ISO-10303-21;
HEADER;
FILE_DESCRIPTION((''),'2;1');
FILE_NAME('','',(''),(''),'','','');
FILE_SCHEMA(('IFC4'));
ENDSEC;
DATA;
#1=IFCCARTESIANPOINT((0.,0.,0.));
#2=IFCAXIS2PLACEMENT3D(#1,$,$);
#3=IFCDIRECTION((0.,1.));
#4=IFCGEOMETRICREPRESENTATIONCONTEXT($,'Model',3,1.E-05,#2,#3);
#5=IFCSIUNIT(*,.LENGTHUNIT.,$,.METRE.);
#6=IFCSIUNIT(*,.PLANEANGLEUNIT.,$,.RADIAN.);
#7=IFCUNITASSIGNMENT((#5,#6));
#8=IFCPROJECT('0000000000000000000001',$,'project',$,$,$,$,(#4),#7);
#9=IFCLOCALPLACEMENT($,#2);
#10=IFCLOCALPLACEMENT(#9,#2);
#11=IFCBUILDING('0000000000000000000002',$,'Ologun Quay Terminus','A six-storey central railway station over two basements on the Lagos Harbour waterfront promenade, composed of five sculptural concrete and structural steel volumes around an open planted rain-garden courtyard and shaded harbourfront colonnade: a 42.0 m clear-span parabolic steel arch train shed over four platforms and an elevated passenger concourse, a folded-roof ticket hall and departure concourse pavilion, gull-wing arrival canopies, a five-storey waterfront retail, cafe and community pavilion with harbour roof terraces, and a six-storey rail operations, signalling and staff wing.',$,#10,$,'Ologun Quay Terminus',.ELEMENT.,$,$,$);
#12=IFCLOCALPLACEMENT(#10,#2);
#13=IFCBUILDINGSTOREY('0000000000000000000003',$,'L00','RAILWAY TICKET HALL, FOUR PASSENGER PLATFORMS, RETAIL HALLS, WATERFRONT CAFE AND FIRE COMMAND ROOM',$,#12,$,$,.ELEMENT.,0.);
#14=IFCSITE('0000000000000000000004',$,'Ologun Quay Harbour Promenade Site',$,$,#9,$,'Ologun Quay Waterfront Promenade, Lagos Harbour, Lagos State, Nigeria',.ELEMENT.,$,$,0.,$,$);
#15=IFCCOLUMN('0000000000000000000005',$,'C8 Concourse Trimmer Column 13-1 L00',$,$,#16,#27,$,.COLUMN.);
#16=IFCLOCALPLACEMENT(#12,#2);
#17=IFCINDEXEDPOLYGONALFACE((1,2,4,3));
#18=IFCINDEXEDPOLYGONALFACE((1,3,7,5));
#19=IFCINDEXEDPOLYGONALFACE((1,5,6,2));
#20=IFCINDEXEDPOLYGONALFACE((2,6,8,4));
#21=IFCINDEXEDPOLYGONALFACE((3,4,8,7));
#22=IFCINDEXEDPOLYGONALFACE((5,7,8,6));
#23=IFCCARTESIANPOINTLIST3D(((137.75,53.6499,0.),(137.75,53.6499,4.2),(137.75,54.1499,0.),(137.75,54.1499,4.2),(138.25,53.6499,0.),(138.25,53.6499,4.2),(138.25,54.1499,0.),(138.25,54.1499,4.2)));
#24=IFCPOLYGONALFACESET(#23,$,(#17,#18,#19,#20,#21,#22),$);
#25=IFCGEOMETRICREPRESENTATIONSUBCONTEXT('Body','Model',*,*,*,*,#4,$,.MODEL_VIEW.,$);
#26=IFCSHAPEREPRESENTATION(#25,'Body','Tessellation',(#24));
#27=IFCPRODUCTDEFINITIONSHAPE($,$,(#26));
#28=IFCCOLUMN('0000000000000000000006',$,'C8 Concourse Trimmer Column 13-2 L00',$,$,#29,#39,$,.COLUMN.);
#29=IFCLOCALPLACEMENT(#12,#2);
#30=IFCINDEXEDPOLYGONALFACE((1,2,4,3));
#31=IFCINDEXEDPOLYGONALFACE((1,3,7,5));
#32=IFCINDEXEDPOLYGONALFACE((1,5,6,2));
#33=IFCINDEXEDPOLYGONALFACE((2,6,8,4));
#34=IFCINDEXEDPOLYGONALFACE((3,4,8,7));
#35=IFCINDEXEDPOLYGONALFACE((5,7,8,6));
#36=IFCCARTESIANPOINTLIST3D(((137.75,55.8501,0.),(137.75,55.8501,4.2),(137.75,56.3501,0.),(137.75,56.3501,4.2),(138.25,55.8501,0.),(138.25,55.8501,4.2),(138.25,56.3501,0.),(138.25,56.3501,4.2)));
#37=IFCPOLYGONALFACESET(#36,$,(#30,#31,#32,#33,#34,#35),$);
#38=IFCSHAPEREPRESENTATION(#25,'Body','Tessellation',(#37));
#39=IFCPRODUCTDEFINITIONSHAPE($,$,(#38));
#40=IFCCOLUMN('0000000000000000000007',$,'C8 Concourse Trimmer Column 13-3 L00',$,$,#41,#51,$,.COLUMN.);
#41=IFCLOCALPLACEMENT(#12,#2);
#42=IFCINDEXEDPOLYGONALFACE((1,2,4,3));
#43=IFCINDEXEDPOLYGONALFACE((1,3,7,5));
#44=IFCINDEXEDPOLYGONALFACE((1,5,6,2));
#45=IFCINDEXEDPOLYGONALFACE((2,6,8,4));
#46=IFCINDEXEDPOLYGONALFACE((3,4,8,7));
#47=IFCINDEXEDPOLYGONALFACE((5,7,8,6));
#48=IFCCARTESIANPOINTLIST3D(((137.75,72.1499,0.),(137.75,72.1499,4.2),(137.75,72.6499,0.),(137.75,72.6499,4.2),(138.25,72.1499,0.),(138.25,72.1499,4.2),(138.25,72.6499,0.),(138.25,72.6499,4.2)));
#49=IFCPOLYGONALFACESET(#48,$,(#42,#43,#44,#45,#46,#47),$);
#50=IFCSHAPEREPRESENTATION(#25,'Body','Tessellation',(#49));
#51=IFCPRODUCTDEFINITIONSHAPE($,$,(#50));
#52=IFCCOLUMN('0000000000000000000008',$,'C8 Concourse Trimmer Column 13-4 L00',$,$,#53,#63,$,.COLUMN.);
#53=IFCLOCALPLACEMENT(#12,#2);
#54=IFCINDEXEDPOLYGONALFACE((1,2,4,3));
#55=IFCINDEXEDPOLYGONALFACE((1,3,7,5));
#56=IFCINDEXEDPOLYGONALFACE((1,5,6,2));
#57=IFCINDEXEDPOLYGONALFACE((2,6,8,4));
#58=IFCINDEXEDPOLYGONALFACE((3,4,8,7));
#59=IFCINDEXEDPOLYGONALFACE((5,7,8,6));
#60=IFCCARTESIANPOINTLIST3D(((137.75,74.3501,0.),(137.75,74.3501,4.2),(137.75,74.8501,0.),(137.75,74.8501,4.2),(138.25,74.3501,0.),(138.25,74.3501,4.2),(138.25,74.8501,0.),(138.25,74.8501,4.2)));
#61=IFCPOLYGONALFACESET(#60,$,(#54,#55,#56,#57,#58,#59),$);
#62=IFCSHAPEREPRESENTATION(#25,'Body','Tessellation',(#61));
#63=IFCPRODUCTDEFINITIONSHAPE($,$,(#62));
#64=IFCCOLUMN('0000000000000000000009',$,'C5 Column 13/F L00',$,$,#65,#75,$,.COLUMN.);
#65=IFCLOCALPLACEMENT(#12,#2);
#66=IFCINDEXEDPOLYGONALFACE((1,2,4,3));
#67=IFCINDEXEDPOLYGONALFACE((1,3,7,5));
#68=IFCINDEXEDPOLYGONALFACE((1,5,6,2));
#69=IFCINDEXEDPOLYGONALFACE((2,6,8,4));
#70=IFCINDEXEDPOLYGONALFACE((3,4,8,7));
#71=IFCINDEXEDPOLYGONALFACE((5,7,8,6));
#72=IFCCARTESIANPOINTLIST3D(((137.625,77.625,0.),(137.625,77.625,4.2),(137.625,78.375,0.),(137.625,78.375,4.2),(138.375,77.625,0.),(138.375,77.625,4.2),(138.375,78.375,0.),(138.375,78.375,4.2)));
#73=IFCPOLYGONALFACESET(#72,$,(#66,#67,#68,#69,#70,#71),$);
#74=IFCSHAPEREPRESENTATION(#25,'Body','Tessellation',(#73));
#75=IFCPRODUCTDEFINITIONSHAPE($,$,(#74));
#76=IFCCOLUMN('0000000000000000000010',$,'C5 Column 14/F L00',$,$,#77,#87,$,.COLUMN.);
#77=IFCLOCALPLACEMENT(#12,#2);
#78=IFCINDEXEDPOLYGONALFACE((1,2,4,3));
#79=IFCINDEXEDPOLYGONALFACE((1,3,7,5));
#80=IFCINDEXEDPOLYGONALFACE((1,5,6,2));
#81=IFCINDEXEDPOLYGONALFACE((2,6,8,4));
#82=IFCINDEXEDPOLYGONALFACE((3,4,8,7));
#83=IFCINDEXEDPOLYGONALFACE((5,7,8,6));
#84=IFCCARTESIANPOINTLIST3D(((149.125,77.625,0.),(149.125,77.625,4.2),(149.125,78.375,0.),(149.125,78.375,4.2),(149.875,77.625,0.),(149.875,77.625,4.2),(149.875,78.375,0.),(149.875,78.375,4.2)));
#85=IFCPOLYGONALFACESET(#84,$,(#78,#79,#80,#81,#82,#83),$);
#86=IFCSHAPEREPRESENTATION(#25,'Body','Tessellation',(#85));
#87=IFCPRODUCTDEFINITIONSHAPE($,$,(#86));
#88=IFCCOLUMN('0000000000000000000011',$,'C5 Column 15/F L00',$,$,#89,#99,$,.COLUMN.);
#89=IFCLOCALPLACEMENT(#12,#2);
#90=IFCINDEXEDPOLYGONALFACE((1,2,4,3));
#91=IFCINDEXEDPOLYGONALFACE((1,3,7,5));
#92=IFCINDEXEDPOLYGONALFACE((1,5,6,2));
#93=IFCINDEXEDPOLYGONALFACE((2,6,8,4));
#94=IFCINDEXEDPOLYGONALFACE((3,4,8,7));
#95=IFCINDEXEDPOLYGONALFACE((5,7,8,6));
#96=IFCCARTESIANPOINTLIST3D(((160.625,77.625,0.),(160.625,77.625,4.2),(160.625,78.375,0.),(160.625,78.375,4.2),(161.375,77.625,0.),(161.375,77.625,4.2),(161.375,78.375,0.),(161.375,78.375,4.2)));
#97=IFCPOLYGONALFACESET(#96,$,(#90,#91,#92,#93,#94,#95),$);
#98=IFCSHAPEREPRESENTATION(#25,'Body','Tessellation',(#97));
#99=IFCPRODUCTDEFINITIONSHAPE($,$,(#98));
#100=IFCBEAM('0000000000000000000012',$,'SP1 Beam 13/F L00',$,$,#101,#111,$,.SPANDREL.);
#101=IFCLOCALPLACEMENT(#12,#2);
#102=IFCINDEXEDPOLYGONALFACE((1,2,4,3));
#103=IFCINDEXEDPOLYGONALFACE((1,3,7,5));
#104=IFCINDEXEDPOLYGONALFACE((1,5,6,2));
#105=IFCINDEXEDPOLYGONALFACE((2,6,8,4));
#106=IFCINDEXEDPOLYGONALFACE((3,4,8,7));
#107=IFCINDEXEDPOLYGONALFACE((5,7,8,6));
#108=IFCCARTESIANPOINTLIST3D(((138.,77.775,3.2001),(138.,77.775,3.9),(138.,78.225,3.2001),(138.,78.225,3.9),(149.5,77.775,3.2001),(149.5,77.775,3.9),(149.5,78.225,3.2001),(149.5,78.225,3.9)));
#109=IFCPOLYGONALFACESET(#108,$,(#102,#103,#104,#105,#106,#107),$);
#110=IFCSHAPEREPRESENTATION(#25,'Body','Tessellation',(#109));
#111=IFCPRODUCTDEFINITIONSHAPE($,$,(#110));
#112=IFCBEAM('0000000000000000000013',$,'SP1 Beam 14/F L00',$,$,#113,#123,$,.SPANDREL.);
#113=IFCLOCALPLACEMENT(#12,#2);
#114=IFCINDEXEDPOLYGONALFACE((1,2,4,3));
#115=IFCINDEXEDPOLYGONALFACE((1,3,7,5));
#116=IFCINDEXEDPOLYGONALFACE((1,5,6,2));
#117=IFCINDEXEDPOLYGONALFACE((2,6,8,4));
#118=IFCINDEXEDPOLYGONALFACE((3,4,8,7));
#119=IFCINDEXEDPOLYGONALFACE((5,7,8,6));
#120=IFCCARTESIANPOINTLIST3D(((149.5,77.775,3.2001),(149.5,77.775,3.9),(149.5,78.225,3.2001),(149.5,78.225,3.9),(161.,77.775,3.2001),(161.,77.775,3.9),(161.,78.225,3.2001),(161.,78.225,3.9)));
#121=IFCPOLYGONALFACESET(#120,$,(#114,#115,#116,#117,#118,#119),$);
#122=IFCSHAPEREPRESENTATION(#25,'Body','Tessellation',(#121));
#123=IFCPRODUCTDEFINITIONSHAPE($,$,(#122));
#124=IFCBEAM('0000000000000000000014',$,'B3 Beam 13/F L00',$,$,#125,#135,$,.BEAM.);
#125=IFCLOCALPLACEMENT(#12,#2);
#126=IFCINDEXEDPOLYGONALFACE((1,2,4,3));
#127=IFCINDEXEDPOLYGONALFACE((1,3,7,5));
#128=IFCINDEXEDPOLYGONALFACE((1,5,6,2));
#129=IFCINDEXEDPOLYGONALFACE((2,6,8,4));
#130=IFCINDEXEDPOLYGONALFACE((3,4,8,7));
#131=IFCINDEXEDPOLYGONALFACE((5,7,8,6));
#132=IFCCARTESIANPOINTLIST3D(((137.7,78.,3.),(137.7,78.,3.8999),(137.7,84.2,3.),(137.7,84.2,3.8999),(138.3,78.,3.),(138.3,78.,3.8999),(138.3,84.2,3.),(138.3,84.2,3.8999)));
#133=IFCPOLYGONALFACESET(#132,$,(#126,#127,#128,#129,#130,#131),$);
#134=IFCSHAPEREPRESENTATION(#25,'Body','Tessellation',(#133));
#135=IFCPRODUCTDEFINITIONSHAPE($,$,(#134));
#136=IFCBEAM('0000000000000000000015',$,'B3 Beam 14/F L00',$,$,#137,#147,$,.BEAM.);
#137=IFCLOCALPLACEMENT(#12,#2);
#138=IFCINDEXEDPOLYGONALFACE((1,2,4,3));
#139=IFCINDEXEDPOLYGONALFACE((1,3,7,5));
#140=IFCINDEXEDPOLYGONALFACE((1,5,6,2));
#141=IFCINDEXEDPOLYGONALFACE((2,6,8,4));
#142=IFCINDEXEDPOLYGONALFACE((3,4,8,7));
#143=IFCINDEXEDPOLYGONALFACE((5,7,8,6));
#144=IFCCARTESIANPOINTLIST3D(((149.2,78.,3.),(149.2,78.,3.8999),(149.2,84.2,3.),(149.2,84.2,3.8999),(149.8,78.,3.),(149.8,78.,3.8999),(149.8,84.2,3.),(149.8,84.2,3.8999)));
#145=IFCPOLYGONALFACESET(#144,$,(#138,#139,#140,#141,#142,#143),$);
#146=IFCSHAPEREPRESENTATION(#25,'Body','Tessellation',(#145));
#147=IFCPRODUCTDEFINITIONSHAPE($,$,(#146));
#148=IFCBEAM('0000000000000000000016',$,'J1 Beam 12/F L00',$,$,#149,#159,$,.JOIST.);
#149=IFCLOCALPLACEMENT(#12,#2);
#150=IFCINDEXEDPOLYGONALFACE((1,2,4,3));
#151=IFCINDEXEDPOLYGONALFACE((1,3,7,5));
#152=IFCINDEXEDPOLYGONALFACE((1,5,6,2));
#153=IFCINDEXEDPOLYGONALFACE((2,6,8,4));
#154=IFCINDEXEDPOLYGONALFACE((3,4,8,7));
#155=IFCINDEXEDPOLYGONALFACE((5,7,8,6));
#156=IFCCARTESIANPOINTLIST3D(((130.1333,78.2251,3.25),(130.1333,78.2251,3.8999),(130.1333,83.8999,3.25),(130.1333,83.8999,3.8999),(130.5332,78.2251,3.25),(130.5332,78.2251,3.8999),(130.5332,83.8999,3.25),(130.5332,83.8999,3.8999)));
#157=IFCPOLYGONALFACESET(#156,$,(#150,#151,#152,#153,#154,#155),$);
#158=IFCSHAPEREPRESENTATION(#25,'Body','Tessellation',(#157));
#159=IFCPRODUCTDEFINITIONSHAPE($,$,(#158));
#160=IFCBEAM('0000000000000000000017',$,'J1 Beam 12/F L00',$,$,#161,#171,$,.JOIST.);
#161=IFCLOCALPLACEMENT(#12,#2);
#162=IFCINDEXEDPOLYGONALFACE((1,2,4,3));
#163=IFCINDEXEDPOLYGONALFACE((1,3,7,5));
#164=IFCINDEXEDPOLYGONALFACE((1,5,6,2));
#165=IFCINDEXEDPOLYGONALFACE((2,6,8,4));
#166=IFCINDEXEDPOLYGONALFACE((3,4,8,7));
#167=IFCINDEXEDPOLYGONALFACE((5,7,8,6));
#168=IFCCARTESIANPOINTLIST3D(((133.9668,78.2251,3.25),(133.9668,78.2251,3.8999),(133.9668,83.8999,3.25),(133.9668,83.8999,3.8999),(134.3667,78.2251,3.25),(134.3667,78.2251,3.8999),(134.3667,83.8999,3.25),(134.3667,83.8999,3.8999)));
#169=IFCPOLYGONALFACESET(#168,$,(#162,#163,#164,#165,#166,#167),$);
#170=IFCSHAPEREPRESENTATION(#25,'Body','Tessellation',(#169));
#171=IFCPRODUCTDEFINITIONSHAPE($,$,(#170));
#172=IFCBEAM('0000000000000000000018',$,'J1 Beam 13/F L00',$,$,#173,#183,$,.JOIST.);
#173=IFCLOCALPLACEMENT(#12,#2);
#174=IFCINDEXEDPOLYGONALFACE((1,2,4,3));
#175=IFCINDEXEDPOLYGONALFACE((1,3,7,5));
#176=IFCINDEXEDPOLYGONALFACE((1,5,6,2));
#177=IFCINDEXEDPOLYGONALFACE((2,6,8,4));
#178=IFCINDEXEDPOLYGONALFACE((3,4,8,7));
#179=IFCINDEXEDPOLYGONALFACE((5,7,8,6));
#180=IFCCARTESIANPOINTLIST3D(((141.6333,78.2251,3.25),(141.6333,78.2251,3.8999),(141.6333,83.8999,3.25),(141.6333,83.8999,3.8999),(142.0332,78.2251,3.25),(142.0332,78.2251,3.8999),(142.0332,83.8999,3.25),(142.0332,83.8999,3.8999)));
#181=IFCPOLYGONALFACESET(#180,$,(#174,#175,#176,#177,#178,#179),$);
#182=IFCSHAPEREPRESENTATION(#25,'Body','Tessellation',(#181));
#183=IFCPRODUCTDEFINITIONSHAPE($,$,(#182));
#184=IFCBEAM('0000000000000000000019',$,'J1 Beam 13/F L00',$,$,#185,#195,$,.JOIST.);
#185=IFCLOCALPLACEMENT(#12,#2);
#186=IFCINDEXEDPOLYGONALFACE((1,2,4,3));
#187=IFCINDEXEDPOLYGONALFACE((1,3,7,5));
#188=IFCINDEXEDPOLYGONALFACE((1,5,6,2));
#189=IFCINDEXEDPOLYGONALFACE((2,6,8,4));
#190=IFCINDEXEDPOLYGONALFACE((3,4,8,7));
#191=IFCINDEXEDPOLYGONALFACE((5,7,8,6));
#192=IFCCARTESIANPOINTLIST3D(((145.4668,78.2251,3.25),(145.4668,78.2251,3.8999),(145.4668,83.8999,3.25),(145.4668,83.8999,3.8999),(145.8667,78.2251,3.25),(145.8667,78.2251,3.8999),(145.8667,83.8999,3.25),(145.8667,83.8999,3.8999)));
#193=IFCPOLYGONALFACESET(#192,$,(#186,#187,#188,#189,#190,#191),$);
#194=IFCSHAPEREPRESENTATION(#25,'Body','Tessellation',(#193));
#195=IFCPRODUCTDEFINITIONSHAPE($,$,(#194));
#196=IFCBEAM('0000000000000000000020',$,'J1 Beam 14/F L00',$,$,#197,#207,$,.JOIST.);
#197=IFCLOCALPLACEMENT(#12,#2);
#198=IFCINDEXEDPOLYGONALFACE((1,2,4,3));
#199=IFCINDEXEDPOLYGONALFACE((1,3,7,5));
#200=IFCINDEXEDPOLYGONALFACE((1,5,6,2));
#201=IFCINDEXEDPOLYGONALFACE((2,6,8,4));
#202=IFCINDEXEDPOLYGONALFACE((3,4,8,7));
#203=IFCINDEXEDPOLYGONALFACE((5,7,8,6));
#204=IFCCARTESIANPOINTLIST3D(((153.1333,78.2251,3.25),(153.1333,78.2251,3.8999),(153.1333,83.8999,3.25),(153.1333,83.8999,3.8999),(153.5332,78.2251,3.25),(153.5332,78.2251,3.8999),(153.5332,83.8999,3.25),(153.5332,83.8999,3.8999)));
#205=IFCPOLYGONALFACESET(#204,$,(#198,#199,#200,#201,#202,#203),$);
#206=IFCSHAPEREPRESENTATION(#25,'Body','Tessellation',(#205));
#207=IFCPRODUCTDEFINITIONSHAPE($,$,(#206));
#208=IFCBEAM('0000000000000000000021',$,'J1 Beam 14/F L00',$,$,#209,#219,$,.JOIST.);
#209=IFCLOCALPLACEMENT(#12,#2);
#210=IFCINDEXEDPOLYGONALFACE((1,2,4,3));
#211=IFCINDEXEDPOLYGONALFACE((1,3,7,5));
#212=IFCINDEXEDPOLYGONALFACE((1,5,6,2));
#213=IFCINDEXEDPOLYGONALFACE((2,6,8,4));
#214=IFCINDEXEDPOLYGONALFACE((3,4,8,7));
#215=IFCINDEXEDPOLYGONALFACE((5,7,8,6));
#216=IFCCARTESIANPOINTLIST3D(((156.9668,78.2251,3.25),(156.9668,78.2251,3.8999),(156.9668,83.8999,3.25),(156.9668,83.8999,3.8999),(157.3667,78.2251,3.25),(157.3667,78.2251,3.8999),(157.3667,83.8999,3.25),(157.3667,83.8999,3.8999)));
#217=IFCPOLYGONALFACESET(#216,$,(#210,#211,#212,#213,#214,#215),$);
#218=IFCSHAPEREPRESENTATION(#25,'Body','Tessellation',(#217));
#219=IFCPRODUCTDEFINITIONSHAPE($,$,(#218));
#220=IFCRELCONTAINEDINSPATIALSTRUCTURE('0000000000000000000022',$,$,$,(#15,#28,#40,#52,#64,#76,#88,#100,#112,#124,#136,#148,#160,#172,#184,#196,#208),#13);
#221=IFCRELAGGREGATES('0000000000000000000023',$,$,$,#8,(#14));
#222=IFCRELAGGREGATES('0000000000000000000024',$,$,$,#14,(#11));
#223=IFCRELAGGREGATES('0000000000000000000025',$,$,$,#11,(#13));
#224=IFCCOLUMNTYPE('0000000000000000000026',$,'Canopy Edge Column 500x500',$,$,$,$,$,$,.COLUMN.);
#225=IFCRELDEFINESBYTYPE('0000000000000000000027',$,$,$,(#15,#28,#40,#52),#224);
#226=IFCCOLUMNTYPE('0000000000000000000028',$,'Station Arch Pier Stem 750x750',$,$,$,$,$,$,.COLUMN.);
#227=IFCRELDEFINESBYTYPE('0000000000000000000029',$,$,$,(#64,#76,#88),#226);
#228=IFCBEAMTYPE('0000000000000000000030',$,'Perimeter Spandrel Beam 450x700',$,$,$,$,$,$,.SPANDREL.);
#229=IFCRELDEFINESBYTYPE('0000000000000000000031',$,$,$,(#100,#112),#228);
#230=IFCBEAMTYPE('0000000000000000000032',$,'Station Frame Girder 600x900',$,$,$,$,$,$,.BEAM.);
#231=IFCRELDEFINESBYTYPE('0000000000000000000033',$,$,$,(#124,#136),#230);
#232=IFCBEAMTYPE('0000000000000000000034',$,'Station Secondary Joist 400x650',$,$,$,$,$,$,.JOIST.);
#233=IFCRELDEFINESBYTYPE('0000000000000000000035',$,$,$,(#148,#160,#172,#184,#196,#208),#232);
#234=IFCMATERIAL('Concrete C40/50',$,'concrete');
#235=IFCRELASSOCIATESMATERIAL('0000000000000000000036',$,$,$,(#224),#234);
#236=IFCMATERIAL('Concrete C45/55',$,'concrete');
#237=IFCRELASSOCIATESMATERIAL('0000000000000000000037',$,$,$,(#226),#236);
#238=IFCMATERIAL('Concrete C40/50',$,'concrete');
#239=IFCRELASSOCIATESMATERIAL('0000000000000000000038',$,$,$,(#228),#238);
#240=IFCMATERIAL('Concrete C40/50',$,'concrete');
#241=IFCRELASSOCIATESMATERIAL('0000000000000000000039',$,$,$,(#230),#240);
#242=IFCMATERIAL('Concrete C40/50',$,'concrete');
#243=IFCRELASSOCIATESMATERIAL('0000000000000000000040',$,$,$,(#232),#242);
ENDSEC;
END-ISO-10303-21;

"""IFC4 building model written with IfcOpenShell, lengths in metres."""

from ifc_helpers import new_model, si_unit, direction, frame, origin, origin_2d, place, context, subcontext, project, spatial, rectangle, extrude, material, material_profile, profile_set, type_object, element, save


model = new_model("IFC4")

# Units and contexts
model_context = context("Model", 3, precision=1e-05, world=origin(), true_north=direction((0.0, 1.0)))
body_context = subcontext(model_context, "Body", "Model", "MODEL_VIEW")
ifc_project = project(units=[si_unit("LENGTHUNIT", "METRE"), si_unit("PLANEANGLEUNIT", "RADIAN")], contexts=[model_context])

# Site, building, storey
site_placement = place(None, origin())
site = spatial("IfcSite", under=ifc_project, at=site_placement, Name="Ologun Quay Harbour Promenade Site", LongName="Ologun Quay Waterfront Promenade, Lagos Harbour, Lagos State, Nigeria", CompositionType="ELEMENT", RefElevation=0.0)
building_placement = place(site_placement, origin())
building = spatial("IfcBuilding", under=site, at=building_placement, Name="Ologun Quay Terminus", Description="A six-storey central railway station over two basements on the Lagos Harbour waterfront promenade, composed of five sculptural concrete and structural steel volumes around an open planted rain-garden courtyard and shaded harbourfront colonnade: a 42.0 m clear-span parabolic steel arch train shed over four platforms and an elevated passenger concourse, a folded-roof ticket hall and departure concourse pavilion, gull-wing arrival canopies, a five-storey waterfront retail, cafe and community pavilion with harbour roof terraces, and a six-storey rail operations, signalling and staff wing.", LongName="Ologun Quay Terminus", CompositionType="ELEMENT")
storey_placement = place(building_placement, origin())
storey = spatial("IfcBuildingStorey", under=building, at=storey_placement, Name="L00", Description="RAILWAY TICKET HALL, FOUR PASSENGER PLATFORMS, RETAIL HALLS, WATERFRONT CAFE AND FIRE COMMAND ROOM", CompositionType="ELEMENT", Elevation=0.0)

# Columns
ifc_material_1 = material(Name="Concrete C40/50", Category="concrete")
ifc_material_profile_1 = material_profile(ifc_material_1, rectangle(XDim=0.5, YDim=0.5, at=origin_2d()), Name="RC 500x500")
ifc_profile_set_1 = profile_set([ifc_material_profile_1], Name="Concrete C40/50")
column_type_1 = type_object("IfcColumnType", Name="Canopy Edge Column 500x500", PredefinedType="COLUMN", material=ifc_profile_set_1)
for number, where, z_axis, x_axis, name in (
    (1, (138.0, 53.8999, 0.0), (0.0, 0.0, 1.0), (1.0, 0.0, 0.0), "C8 Concourse Trimmer Column 13-1 L00"),
    (2, (138.0, 56.1001, 0.0), (0.0, 0.0, 1.0), (1.0, 0.0, 0.0), "C8 Concourse Trimmer Column 13-2 L00"),
    (3, (138.0, 72.3999, 0.0), (0.0, 0.0, 1.0), (1.0, 0.0, 0.0), "C8 Concourse Trimmer Column 13-3 L00"),
    (4, (138.0, 74.6001, 0.0), (0.0, 0.0, 1.0), (1.0, 0.0, 0.0), "C8 Concourse Trimmer Column 13-4 L00"),
):
    element("IfcColumn", number, at=place(storey_placement, frame(where, z_axis=z_axis, x_axis=x_axis)), inside=storey, type_object=column_type_1, Name=name, PredefinedType="COLUMN", context=body_context, shape_type="SweptSolid", body=[
        extrude(rectangle(XDim=0.5, YDim=0.5, at=origin_2d()), origin(), (0.0, 0.0, 1.0), 4.2),
    ])
ifc_material_2 = material(Name="Concrete C45/55", Category="concrete")
ifc_material_profile_2 = material_profile(ifc_material_2, rectangle(XDim=0.75, YDim=0.75, at=origin_2d()), Name="RC 750x750")
ifc_profile_set_2 = profile_set([ifc_material_profile_2], Name="Concrete C45/55")
column_type_2 = type_object("IfcColumnType", Name="Station Arch Pier Stem 750x750", PredefinedType="COLUMN", material=ifc_profile_set_2)
for number, where, z_axis, x_axis, name in (
    (5, (138.0, 78.0, 0.0), (0.0, 0.0, 1.0), (1.0, 0.0, 0.0), "C5 Column 13/F L00"),
    (6, (149.5, 78.0, 0.0), (0.0, 0.0, 1.0), (1.0, 0.0, 0.0), "C5 Column 14/F L00"),
    (7, (161.0, 78.0, 0.0), (0.0, 0.0, 1.0), (1.0, 0.0, 0.0), "C5 Column 15/F L00"),
):
    element("IfcColumn", number, at=place(storey_placement, frame(where, z_axis=z_axis, x_axis=x_axis)), inside=storey, type_object=column_type_2, Name=name, PredefinedType="COLUMN", context=body_context, shape_type="SweptSolid", body=[
        extrude(rectangle(XDim=0.75, YDim=0.75, at=origin_2d()), origin(), (0.0, 0.0, 1.0), 4.2),
    ])

# Beams
ifc_material_3 = material(Name="Concrete C40/50", Category="concrete")
ifc_material_profile_3 = material_profile(ifc_material_3, rectangle(XDim=0.45, YDim=0.7, at=origin_2d()), Name="RC 450x700")
ifc_profile_set_3 = profile_set([ifc_material_profile_3], Name="Concrete C40/50")
beam_type_1 = type_object("IfcBeamType", Name="Perimeter Spandrel Beam 450x700", PredefinedType="SPANDREL", material=ifc_profile_set_3)
for number, where, z_axis, x_axis, name in (
    (8, (138.0, 78.0, 3.55), (1.0, 0.0, 0.0), (0.0, 1.0, 0.0), "SP1 Beam 13/F L00"),
    (9, (149.5, 78.0, 3.55), (1.0, 0.0, 0.0), (0.0, 1.0, 0.0), "SP1 Beam 14/F L00"),
):
    element("IfcBeam", number, at=place(storey_placement, frame(where, z_axis=z_axis, x_axis=x_axis)), inside=storey, type_object=beam_type_1, Name=name, PredefinedType="SPANDREL", context=body_context, shape_type="SweptSolid", body=[
        extrude(rectangle(XDim=0.45, YDim=0.7, at=origin_2d()), origin(), (0.0, 0.0, 1.0), 11.5),
    ])
ifc_material_4 = material(Name="Concrete C40/50", Category="concrete")
ifc_material_profile_4 = material_profile(ifc_material_4, rectangle(XDim=0.6001, YDim=0.8999, at=origin_2d()), Name="RC 600x900")
ifc_profile_set_4 = profile_set([ifc_material_profile_4], Name="Concrete C40/50")
beam_type_2 = type_object("IfcBeamType", Name="Station Frame Girder 600x900", PredefinedType="BEAM", material=ifc_profile_set_4)
for number, where, z_axis, x_axis, name in (
    (10, (138.0, 78.0, 3.45), (0.0, 1.0, 0.0), (-1.0, 0.0, 0.0), "B3 Beam 13/F L00"),
    (11, (149.5, 78.0, 3.45), (0.0, 1.0, 0.0), (-1.0, 0.0, 0.0), "B3 Beam 14/F L00"),
):
    element("IfcBeam", number, at=place(storey_placement, frame(where, z_axis=z_axis, x_axis=x_axis)), inside=storey, type_object=beam_type_2, Name=name, PredefinedType="BEAM", context=body_context, shape_type="SweptSolid", body=[
        extrude(rectangle(XDim=0.6001, YDim=0.8999, at=origin_2d()), origin(), (0.0, 0.0, 1.0), 6.2),
    ])
ifc_material_5 = material(Name="Concrete C40/50", Category="concrete")
ifc_material_profile_5 = material_profile(ifc_material_5, rectangle(XDim=0.3999, YDim=0.6499, at=origin_2d()), Name="RC 400x650")
ifc_profile_set_5 = profile_set([ifc_material_profile_5], Name="Concrete C40/50")
beam_type_3 = type_object("IfcBeamType", Name="Station Secondary Joist 400x650", PredefinedType="JOIST", material=ifc_profile_set_5)
for number, where, z_axis, x_axis, name in (
    (12, (130.3333, 78.2251, 3.575), (0.0, 1.0, 0.0), (-1.0, 0.0, 0.0), "J1 Beam 12/F L00"),
    (13, (134.1667, 78.2251, 3.575), (0.0, 1.0, 0.0), (-1.0, 0.0, 0.0), "J1 Beam 12/F L00"),
    (14, (141.8333, 78.2251, 3.575), (0.0, 1.0, 0.0), (-1.0, 0.0, 0.0), "J1 Beam 13/F L00"),
    (15, (145.6667, 78.2251, 3.575), (0.0, 1.0, 0.0), (-1.0, 0.0, 0.0), "J1 Beam 13/F L00"),
    (16, (153.3333, 78.2251, 3.575), (0.0, 1.0, 0.0), (-1.0, 0.0, 0.0), "J1 Beam 14/F L00"),
    (17, (157.1667, 78.2251, 3.575), (0.0, 1.0, 0.0), (-1.0, 0.0, 0.0), "J1 Beam 14/F L00"),
):
    element("IfcBeam", number, at=place(storey_placement, frame(where, z_axis=z_axis, x_axis=x_axis)), inside=storey, type_object=beam_type_3, Name=name, PredefinedType="JOIST", context=body_context, shape_type="SweptSolid", body=[
        extrude(rectangle(XDim=0.3999, YDim=0.6499, at=origin_2d()), origin(), (0.0, 0.0, 1.0), 5.6748),
    ])

save(model, "model.ifc")
